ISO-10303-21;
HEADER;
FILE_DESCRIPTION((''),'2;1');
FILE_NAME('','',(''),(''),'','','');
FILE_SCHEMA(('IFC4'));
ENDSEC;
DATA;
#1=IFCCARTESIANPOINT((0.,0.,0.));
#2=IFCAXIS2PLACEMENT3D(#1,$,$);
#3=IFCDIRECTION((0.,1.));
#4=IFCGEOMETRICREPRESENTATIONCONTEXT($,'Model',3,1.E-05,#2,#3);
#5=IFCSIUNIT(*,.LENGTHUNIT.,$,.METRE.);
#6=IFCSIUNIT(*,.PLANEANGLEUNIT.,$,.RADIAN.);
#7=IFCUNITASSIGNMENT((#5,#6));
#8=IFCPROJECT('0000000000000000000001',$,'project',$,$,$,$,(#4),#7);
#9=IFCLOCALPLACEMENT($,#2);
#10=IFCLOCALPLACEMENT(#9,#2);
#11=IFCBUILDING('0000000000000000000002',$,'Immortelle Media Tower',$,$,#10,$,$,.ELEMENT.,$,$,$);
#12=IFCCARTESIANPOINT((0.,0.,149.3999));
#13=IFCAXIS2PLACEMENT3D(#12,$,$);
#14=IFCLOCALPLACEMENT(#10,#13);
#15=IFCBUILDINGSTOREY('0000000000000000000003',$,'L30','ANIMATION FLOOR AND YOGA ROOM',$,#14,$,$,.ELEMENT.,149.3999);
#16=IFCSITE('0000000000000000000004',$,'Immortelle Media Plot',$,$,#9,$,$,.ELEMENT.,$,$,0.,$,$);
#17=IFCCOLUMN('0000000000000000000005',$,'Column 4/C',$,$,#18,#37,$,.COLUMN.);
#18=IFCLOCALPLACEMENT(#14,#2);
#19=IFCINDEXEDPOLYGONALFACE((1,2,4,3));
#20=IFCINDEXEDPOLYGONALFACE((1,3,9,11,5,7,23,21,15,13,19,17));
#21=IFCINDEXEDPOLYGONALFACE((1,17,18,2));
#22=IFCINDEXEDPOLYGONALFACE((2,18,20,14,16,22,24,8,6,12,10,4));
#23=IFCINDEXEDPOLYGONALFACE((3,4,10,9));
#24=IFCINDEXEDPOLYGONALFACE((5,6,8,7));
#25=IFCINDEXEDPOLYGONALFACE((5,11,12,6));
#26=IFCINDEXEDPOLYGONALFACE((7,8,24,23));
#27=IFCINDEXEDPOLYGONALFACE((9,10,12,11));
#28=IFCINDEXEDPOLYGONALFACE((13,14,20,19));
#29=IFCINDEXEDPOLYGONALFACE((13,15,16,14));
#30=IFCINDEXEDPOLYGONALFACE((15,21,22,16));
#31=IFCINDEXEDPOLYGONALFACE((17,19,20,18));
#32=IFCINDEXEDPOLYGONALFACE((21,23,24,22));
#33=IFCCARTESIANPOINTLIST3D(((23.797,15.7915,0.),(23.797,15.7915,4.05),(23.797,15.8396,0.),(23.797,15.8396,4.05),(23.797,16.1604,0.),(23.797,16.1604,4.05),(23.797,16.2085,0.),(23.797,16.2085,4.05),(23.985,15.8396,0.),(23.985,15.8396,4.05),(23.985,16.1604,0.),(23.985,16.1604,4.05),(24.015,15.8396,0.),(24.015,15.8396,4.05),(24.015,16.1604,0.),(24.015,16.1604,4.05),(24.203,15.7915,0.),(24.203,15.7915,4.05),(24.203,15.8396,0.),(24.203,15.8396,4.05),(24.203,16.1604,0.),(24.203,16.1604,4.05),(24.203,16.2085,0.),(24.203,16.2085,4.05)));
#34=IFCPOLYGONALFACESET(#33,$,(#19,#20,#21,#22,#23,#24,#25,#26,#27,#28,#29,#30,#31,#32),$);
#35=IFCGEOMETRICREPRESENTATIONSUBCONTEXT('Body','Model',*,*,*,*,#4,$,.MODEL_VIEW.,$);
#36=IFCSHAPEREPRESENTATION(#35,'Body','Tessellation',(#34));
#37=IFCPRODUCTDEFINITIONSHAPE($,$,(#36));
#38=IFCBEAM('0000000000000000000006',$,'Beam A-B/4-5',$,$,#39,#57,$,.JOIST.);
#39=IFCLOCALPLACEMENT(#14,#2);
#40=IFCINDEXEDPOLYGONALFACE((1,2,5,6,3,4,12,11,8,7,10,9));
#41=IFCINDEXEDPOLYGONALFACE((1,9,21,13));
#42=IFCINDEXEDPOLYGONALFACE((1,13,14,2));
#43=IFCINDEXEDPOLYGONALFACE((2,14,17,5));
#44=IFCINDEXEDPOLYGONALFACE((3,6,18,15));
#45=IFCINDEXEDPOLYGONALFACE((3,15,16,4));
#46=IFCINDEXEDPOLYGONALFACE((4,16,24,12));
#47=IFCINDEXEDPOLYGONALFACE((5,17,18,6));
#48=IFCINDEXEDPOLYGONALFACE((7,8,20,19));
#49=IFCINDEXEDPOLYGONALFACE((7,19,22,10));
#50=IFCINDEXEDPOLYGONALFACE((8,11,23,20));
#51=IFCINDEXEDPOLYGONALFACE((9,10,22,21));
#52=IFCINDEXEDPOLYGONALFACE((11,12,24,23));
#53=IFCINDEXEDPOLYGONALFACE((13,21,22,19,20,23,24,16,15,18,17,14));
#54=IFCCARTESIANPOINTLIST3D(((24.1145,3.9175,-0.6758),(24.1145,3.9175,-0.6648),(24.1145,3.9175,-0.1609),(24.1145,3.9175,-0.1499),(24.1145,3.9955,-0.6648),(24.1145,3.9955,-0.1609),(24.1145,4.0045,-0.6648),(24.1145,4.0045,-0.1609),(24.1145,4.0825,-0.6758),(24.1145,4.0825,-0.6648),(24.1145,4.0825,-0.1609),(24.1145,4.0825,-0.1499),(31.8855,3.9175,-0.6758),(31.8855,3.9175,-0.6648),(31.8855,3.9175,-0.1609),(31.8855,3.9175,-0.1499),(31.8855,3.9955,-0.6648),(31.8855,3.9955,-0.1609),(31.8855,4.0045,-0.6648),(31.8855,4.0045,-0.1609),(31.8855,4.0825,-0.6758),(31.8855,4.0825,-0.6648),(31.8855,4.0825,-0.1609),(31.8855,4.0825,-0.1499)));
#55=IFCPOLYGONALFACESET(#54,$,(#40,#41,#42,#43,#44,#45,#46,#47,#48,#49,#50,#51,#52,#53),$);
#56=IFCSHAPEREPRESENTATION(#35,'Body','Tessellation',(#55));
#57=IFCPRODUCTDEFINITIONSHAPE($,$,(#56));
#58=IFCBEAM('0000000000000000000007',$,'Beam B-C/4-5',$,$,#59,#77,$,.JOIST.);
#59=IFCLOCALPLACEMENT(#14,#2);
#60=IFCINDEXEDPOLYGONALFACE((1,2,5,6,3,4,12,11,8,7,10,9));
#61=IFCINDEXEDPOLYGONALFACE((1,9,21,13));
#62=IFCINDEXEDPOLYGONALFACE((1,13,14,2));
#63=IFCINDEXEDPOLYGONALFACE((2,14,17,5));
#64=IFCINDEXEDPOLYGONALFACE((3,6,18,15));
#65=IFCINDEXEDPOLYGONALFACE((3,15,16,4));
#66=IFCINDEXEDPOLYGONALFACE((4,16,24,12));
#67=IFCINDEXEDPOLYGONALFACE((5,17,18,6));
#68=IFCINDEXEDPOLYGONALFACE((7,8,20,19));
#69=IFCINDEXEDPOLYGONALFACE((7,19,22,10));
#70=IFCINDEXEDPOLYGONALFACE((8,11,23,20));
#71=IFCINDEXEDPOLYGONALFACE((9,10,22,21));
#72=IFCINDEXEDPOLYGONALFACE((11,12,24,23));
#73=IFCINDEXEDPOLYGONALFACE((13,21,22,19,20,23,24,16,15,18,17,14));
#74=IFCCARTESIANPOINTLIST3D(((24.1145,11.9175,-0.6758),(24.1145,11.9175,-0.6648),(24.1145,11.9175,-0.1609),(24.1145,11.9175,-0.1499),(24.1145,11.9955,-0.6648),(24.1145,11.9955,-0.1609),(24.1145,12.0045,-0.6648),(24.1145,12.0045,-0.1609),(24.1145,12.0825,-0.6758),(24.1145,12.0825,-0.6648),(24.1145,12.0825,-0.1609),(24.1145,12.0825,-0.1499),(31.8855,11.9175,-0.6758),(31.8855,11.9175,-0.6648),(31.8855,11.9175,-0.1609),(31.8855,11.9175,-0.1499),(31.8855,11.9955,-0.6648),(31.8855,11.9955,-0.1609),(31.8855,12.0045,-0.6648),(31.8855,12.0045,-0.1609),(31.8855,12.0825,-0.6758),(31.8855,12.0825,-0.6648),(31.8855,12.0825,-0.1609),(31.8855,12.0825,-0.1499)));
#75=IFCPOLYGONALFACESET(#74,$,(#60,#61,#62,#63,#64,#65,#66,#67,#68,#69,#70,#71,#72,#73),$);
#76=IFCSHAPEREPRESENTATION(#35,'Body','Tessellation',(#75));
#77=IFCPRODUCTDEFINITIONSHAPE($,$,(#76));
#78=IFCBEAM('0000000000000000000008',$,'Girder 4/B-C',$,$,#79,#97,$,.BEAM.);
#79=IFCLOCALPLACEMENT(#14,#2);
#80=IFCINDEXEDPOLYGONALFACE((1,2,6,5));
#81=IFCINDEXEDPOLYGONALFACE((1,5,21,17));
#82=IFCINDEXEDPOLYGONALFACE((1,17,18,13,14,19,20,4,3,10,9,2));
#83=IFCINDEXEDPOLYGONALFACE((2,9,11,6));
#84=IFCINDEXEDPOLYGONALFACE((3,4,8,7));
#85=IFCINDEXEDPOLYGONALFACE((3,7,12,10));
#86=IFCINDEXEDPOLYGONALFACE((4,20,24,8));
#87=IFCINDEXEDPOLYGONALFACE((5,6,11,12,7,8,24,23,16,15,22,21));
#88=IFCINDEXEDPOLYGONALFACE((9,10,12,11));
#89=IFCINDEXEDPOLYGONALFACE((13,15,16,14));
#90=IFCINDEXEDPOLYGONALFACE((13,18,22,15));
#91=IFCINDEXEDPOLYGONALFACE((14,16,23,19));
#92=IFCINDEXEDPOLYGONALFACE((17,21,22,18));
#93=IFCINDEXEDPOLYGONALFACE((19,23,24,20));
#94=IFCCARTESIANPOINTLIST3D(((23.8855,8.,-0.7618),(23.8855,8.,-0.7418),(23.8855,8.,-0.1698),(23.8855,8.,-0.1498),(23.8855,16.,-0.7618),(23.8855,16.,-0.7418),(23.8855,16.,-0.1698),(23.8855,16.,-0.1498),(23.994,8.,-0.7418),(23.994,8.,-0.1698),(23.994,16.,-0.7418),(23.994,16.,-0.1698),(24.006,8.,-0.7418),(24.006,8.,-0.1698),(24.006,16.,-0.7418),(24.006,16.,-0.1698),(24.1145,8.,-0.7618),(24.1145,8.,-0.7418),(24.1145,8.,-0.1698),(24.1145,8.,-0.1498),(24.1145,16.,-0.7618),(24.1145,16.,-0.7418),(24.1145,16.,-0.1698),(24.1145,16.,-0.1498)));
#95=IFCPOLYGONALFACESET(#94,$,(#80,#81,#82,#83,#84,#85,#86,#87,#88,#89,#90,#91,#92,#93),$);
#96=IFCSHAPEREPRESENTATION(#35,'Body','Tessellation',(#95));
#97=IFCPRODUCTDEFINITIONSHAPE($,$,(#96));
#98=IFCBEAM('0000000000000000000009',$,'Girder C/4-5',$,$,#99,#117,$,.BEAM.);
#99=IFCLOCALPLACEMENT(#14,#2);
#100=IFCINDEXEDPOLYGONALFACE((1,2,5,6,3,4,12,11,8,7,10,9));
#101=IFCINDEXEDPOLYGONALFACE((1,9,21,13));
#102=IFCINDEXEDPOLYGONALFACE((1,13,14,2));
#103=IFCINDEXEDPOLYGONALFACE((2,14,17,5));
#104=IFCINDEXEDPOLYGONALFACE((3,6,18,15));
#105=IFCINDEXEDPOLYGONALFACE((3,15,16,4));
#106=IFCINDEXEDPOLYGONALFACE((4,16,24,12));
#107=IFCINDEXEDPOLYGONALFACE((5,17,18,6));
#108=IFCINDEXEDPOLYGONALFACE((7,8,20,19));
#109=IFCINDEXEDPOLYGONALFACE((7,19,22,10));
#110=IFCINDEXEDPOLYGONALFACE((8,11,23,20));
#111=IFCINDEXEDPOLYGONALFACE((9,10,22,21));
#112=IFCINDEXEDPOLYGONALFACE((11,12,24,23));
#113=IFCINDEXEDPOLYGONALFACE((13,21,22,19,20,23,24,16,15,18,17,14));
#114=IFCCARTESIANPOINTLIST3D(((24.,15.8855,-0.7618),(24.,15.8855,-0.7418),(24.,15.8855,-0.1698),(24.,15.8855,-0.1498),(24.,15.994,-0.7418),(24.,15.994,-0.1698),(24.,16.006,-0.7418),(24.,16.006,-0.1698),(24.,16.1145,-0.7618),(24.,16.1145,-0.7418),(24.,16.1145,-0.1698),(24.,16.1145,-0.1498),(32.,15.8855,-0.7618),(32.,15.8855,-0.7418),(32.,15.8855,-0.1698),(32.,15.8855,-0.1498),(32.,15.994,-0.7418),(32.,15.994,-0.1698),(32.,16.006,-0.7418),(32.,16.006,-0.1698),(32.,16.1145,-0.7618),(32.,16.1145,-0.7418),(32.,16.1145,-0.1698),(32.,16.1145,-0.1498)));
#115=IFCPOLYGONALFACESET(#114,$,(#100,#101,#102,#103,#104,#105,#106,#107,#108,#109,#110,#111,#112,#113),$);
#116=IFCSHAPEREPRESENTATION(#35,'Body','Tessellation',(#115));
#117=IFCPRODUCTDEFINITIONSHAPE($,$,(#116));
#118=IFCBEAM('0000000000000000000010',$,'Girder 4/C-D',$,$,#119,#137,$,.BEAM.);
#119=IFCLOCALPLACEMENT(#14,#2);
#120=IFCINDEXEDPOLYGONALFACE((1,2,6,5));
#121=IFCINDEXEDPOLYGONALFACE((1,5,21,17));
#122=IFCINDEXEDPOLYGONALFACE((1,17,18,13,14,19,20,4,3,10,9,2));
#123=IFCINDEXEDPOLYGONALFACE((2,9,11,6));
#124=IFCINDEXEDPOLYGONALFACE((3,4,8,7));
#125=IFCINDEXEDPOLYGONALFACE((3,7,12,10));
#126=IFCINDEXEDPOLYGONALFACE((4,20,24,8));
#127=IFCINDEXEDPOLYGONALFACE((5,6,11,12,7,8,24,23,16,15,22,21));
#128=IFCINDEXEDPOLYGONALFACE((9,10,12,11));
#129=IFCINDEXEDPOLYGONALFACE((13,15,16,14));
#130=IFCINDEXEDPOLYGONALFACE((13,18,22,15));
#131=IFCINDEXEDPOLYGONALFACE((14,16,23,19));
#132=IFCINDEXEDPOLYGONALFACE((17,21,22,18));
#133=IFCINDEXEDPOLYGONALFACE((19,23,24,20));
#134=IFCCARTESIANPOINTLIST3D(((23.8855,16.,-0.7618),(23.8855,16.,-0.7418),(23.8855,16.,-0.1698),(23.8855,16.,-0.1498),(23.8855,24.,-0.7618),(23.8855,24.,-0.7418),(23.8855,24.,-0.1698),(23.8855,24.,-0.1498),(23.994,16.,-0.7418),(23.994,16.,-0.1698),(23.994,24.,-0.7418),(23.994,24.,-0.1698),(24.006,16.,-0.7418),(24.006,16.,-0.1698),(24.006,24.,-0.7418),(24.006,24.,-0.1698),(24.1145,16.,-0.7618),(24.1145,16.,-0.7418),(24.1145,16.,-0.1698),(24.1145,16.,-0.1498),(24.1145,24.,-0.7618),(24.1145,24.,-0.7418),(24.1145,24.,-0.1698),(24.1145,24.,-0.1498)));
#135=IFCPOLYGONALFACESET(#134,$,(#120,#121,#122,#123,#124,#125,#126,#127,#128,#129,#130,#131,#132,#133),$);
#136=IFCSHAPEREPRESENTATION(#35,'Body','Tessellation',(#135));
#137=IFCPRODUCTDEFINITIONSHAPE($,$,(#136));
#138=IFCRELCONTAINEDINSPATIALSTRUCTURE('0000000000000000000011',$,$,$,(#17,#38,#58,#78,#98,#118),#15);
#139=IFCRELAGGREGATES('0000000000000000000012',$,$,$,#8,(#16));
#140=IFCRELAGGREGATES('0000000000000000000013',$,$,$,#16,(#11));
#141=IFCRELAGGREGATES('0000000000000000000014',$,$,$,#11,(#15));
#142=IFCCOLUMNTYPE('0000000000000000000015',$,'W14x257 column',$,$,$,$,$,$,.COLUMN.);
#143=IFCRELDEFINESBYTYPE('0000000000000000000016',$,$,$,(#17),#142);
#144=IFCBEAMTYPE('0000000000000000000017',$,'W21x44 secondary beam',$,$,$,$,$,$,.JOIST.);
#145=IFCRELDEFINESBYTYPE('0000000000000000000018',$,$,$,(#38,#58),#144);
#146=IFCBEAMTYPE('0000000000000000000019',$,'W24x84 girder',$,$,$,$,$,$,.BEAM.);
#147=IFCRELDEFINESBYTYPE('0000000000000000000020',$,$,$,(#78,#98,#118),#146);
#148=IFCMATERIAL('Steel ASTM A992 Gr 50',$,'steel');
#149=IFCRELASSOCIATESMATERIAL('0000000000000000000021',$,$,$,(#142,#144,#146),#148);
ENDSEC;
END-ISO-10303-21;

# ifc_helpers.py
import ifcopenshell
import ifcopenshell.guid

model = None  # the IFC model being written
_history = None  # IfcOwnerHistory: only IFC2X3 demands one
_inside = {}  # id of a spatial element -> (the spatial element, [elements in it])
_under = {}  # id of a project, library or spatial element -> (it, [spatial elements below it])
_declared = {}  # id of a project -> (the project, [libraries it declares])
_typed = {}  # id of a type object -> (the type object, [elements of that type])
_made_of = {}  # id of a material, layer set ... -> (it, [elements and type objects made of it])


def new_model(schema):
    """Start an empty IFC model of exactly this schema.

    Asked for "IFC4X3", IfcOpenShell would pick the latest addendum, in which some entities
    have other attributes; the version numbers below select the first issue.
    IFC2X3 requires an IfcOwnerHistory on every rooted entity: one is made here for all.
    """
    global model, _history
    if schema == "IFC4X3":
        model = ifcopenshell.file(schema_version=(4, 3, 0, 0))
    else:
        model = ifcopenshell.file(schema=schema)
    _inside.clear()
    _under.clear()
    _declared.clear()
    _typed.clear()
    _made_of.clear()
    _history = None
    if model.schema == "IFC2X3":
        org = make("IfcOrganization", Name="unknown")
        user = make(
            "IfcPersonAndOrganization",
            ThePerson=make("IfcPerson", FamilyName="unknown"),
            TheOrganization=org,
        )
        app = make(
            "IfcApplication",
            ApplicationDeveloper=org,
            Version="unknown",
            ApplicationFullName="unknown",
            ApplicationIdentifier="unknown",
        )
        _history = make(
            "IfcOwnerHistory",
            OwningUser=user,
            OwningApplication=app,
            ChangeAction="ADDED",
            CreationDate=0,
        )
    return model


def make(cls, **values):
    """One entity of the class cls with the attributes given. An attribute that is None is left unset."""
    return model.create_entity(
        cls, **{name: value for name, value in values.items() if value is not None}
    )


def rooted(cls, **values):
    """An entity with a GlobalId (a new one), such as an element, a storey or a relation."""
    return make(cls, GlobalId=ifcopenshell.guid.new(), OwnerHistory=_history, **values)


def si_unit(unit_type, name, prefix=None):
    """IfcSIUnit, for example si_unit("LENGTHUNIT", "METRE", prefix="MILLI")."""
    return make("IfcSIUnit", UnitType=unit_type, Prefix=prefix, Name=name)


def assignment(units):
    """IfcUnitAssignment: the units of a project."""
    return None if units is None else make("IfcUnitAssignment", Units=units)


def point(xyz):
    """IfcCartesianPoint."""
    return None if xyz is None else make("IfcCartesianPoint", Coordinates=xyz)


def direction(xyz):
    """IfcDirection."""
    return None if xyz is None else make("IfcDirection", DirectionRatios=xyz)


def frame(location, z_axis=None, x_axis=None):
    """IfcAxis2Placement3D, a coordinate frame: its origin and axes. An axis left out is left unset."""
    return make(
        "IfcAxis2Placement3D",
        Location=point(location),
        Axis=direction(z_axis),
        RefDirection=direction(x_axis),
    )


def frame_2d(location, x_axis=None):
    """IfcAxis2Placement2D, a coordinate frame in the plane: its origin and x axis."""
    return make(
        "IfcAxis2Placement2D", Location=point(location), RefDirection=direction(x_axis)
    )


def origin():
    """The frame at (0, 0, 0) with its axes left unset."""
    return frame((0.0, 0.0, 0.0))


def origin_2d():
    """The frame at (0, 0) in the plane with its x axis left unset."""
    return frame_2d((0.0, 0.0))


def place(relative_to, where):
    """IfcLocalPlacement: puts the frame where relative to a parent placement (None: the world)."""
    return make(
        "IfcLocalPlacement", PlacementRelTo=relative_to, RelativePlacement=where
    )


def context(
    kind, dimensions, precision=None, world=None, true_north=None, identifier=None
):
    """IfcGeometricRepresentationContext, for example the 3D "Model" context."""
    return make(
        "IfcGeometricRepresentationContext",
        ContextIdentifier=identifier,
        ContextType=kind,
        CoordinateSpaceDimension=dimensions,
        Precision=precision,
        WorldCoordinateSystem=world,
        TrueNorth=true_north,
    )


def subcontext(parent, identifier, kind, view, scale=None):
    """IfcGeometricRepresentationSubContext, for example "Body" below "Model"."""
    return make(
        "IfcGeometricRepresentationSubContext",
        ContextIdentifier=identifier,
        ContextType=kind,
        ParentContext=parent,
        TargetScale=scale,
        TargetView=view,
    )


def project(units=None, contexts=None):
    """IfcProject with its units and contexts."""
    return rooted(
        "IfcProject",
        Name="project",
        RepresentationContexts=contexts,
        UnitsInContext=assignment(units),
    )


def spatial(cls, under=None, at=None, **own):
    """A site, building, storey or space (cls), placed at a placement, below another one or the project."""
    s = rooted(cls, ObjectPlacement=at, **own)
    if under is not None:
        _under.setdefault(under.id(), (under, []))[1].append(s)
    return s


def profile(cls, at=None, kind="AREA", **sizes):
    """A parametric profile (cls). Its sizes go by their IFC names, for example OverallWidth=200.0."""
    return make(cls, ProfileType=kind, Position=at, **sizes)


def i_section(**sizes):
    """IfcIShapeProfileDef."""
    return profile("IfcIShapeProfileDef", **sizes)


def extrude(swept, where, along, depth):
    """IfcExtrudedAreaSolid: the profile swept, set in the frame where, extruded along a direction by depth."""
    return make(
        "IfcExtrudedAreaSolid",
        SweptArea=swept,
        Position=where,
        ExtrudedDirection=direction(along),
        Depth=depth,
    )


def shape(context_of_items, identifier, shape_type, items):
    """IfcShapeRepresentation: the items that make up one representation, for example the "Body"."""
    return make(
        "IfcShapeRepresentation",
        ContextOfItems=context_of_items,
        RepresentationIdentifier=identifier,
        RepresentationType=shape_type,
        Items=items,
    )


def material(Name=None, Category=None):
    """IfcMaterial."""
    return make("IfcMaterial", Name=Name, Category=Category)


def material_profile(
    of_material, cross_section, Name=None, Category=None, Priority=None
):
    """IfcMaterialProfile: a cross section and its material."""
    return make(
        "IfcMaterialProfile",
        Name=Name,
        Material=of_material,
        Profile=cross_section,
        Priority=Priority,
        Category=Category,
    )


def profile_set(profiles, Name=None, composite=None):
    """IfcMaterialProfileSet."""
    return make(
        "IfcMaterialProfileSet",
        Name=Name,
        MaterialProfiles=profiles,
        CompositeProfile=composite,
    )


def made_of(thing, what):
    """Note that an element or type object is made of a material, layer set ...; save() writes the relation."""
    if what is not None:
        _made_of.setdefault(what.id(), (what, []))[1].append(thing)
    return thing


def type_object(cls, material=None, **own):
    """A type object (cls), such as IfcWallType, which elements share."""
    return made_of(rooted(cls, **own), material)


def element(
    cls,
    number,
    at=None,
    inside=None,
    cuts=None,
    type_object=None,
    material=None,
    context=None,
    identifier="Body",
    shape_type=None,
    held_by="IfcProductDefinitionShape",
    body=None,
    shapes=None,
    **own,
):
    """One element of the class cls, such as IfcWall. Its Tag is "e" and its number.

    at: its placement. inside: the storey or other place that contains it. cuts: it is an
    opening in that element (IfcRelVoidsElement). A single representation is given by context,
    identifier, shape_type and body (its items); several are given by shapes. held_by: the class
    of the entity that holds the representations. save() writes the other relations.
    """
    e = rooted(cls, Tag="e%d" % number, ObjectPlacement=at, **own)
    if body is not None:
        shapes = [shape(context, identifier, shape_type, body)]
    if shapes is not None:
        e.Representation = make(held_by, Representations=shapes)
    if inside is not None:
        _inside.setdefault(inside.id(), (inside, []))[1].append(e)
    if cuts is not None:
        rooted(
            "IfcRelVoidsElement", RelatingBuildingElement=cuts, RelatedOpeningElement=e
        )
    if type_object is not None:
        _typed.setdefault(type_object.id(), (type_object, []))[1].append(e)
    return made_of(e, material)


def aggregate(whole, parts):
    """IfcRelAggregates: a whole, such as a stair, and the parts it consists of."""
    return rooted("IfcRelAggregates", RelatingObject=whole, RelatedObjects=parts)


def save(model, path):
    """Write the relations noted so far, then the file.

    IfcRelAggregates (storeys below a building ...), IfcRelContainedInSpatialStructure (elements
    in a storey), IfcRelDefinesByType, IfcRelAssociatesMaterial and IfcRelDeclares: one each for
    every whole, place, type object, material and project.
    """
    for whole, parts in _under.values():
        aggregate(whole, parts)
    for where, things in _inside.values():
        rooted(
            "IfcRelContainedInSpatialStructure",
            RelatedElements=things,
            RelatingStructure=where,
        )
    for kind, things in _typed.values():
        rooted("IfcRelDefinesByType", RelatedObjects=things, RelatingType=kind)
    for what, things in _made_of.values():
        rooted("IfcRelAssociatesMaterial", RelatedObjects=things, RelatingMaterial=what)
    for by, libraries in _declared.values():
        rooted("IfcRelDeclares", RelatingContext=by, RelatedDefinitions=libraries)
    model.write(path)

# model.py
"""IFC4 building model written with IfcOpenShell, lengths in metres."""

from ifc_helpers import new_model, si_unit, direction, frame, origin, origin_2d, place, context, subcontext, project, spatial, i_section, extrude, material, material_profile, profile_set, type_object, element, save


model = new_model("IFC4")

# Units and contexts
model_context = context("Model", 3, precision=1e-05, world=origin(), true_north=direction((0.0, 1.0)))
body_context = subcontext(model_context, "Body", "Model", "MODEL_VIEW")
ifc_project = project(units=[si_unit("LENGTHUNIT", "METRE"), si_unit("PLANEANGLEUNIT", "RADIAN")], contexts=[model_context])

# Site, building, storey
site_placement = place(None, origin())
site = spatial("IfcSite", under=ifc_project, at=site_placement, Name="Immortelle Media Plot", CompositionType="ELEMENT", RefElevation=0.0)
building_placement = place(site_placement, origin())
building = spatial("IfcBuilding", under=site, at=building_placement, Name="Immortelle Media Tower", CompositionType="ELEMENT")
storey_placement = place(building_placement, frame((0.0, 0.0, 149.3999)))
storey = spatial("IfcBuildingStorey", under=building, at=storey_placement, Name="L30", Description="ANIMATION FLOOR AND YOGA ROOM", CompositionType="ELEMENT", Elevation=149.3999)

# Column
ifc_material_1 = material(Name="Steel ASTM A992 Gr 50", Category="steel")
ifc_material_profile_1 = material_profile(ifc_material_1, i_section(OverallWidth=0.406, OverallDepth=0.417, WebThickness=0.03, FlangeThickness=0.0481, at=origin_2d()), Name="W14x257")
ifc_profile_set_1 = profile_set([ifc_material_profile_1], Name="Steel ASTM A992 Gr 50")
column_type = type_object("IfcColumnType", Name="W14x257 column", PredefinedType="COLUMN", material=ifc_profile_set_1)
column_placement = place(storey_placement, frame((24.0, 16.0, 0.0), z_axis=(0.0, 0.0, 1.0), x_axis=(1.0, 0.0, 0.0)))
element("IfcColumn", 1, at=column_placement, inside=storey, type_object=column_type, Name="Column 4/C", PredefinedType="COLUMN", context=body_context, shape_type="SweptSolid", body=[
    extrude(i_section(OverallWidth=0.406, OverallDepth=0.417, WebThickness=0.03, FlangeThickness=0.0481, at=origin_2d()), origin(), (0.0, 0.0, 1.0), 4.05),
])

# Beams
ifc_material_profile_2 = material_profile(ifc_material_1, i_section(OverallWidth=0.165, OverallDepth=0.5259, WebThickness=0.009, FlangeThickness=0.011, at=origin_2d()), Name="W21x44")
ifc_profile_set_2 = profile_set([ifc_material_profile_2], Name="Steel ASTM A992 Gr 50")
beam_type_1 = type_object("IfcBeamType", Name="W21x44 secondary beam", PredefinedType="JOIST", material=ifc_profile_set_2)
for number, where, z_axis, x_axis, name in (
    (2, (24.1145, 4.0, -0.4128), (1.0, 0.0, 0.0), (0.0, 1.0, 0.0), "Beam A-B/4-5"),
    (3, (24.1145, 12.0, -0.4128), (1.0, 0.0, 0.0), (0.0, 1.0, 0.0), "Beam B-C/4-5"),
):
    element("IfcBeam", number, at=place(storey_placement, frame(where, z_axis=z_axis, x_axis=x_axis)), inside=storey, type_object=beam_type_1, Name=name, PredefinedType="JOIST", context=body_context, shape_type="SweptSolid", body=[
        extrude(i_section(OverallWidth=0.165, OverallDepth=0.5259, WebThickness=0.009, FlangeThickness=0.011, at=origin_2d()), origin(), (0.0, 0.0, 1.0), 7.771),
    ])
ifc_material_profile_3 = material_profile(ifc_material_1, i_section(OverallWidth=0.229, OverallDepth=0.6121, WebThickness=0.012, FlangeThickness=0.02, at=origin_2d()), Name="W24x84")
ifc_profile_set_3 = profile_set([ifc_material_profile_3], Name="Steel ASTM A992 Gr 50")
beam_type_2 = type_object("IfcBeamType", Name="W24x84 girder", PredefinedType="BEAM", material=ifc_profile_set_3)
for number, where, z_axis, x_axis, name in (
    (4, (24.0, 8.0, -0.4558), (0.0, 1.0, 0.0), (-1.0, 0.0, 0.0), "Girder 4/B-C"),
    (5, (24.0, 16.0, -0.4558), (1.0, 0.0, 0.0), (0.0, 1.0, 0.0), "Girder C/4-5"),
    (6, (24.0, 16.0, -0.4558), (0.0, 1.0, 0.0), (-1.0, 0.0, 0.0), "Girder 4/C-D"),
):
    element("IfcBeam", number, at=place(storey_placement, frame(where, z_axis=z_axis, x_axis=x_axis)), inside=storey, type_object=beam_type_2, Name=name, PredefinedType="BEAM", context=body_context, shape_type="SweptSolid", body=[
        extrude(i_section(OverallWidth=0.229, OverallDepth=0.6121, WebThickness=0.012, FlangeThickness=0.02, at=origin_2d()), origin(), (0.0, 0.0, 1.0), 8.0),
    ])

save(model, "model.ifc")
